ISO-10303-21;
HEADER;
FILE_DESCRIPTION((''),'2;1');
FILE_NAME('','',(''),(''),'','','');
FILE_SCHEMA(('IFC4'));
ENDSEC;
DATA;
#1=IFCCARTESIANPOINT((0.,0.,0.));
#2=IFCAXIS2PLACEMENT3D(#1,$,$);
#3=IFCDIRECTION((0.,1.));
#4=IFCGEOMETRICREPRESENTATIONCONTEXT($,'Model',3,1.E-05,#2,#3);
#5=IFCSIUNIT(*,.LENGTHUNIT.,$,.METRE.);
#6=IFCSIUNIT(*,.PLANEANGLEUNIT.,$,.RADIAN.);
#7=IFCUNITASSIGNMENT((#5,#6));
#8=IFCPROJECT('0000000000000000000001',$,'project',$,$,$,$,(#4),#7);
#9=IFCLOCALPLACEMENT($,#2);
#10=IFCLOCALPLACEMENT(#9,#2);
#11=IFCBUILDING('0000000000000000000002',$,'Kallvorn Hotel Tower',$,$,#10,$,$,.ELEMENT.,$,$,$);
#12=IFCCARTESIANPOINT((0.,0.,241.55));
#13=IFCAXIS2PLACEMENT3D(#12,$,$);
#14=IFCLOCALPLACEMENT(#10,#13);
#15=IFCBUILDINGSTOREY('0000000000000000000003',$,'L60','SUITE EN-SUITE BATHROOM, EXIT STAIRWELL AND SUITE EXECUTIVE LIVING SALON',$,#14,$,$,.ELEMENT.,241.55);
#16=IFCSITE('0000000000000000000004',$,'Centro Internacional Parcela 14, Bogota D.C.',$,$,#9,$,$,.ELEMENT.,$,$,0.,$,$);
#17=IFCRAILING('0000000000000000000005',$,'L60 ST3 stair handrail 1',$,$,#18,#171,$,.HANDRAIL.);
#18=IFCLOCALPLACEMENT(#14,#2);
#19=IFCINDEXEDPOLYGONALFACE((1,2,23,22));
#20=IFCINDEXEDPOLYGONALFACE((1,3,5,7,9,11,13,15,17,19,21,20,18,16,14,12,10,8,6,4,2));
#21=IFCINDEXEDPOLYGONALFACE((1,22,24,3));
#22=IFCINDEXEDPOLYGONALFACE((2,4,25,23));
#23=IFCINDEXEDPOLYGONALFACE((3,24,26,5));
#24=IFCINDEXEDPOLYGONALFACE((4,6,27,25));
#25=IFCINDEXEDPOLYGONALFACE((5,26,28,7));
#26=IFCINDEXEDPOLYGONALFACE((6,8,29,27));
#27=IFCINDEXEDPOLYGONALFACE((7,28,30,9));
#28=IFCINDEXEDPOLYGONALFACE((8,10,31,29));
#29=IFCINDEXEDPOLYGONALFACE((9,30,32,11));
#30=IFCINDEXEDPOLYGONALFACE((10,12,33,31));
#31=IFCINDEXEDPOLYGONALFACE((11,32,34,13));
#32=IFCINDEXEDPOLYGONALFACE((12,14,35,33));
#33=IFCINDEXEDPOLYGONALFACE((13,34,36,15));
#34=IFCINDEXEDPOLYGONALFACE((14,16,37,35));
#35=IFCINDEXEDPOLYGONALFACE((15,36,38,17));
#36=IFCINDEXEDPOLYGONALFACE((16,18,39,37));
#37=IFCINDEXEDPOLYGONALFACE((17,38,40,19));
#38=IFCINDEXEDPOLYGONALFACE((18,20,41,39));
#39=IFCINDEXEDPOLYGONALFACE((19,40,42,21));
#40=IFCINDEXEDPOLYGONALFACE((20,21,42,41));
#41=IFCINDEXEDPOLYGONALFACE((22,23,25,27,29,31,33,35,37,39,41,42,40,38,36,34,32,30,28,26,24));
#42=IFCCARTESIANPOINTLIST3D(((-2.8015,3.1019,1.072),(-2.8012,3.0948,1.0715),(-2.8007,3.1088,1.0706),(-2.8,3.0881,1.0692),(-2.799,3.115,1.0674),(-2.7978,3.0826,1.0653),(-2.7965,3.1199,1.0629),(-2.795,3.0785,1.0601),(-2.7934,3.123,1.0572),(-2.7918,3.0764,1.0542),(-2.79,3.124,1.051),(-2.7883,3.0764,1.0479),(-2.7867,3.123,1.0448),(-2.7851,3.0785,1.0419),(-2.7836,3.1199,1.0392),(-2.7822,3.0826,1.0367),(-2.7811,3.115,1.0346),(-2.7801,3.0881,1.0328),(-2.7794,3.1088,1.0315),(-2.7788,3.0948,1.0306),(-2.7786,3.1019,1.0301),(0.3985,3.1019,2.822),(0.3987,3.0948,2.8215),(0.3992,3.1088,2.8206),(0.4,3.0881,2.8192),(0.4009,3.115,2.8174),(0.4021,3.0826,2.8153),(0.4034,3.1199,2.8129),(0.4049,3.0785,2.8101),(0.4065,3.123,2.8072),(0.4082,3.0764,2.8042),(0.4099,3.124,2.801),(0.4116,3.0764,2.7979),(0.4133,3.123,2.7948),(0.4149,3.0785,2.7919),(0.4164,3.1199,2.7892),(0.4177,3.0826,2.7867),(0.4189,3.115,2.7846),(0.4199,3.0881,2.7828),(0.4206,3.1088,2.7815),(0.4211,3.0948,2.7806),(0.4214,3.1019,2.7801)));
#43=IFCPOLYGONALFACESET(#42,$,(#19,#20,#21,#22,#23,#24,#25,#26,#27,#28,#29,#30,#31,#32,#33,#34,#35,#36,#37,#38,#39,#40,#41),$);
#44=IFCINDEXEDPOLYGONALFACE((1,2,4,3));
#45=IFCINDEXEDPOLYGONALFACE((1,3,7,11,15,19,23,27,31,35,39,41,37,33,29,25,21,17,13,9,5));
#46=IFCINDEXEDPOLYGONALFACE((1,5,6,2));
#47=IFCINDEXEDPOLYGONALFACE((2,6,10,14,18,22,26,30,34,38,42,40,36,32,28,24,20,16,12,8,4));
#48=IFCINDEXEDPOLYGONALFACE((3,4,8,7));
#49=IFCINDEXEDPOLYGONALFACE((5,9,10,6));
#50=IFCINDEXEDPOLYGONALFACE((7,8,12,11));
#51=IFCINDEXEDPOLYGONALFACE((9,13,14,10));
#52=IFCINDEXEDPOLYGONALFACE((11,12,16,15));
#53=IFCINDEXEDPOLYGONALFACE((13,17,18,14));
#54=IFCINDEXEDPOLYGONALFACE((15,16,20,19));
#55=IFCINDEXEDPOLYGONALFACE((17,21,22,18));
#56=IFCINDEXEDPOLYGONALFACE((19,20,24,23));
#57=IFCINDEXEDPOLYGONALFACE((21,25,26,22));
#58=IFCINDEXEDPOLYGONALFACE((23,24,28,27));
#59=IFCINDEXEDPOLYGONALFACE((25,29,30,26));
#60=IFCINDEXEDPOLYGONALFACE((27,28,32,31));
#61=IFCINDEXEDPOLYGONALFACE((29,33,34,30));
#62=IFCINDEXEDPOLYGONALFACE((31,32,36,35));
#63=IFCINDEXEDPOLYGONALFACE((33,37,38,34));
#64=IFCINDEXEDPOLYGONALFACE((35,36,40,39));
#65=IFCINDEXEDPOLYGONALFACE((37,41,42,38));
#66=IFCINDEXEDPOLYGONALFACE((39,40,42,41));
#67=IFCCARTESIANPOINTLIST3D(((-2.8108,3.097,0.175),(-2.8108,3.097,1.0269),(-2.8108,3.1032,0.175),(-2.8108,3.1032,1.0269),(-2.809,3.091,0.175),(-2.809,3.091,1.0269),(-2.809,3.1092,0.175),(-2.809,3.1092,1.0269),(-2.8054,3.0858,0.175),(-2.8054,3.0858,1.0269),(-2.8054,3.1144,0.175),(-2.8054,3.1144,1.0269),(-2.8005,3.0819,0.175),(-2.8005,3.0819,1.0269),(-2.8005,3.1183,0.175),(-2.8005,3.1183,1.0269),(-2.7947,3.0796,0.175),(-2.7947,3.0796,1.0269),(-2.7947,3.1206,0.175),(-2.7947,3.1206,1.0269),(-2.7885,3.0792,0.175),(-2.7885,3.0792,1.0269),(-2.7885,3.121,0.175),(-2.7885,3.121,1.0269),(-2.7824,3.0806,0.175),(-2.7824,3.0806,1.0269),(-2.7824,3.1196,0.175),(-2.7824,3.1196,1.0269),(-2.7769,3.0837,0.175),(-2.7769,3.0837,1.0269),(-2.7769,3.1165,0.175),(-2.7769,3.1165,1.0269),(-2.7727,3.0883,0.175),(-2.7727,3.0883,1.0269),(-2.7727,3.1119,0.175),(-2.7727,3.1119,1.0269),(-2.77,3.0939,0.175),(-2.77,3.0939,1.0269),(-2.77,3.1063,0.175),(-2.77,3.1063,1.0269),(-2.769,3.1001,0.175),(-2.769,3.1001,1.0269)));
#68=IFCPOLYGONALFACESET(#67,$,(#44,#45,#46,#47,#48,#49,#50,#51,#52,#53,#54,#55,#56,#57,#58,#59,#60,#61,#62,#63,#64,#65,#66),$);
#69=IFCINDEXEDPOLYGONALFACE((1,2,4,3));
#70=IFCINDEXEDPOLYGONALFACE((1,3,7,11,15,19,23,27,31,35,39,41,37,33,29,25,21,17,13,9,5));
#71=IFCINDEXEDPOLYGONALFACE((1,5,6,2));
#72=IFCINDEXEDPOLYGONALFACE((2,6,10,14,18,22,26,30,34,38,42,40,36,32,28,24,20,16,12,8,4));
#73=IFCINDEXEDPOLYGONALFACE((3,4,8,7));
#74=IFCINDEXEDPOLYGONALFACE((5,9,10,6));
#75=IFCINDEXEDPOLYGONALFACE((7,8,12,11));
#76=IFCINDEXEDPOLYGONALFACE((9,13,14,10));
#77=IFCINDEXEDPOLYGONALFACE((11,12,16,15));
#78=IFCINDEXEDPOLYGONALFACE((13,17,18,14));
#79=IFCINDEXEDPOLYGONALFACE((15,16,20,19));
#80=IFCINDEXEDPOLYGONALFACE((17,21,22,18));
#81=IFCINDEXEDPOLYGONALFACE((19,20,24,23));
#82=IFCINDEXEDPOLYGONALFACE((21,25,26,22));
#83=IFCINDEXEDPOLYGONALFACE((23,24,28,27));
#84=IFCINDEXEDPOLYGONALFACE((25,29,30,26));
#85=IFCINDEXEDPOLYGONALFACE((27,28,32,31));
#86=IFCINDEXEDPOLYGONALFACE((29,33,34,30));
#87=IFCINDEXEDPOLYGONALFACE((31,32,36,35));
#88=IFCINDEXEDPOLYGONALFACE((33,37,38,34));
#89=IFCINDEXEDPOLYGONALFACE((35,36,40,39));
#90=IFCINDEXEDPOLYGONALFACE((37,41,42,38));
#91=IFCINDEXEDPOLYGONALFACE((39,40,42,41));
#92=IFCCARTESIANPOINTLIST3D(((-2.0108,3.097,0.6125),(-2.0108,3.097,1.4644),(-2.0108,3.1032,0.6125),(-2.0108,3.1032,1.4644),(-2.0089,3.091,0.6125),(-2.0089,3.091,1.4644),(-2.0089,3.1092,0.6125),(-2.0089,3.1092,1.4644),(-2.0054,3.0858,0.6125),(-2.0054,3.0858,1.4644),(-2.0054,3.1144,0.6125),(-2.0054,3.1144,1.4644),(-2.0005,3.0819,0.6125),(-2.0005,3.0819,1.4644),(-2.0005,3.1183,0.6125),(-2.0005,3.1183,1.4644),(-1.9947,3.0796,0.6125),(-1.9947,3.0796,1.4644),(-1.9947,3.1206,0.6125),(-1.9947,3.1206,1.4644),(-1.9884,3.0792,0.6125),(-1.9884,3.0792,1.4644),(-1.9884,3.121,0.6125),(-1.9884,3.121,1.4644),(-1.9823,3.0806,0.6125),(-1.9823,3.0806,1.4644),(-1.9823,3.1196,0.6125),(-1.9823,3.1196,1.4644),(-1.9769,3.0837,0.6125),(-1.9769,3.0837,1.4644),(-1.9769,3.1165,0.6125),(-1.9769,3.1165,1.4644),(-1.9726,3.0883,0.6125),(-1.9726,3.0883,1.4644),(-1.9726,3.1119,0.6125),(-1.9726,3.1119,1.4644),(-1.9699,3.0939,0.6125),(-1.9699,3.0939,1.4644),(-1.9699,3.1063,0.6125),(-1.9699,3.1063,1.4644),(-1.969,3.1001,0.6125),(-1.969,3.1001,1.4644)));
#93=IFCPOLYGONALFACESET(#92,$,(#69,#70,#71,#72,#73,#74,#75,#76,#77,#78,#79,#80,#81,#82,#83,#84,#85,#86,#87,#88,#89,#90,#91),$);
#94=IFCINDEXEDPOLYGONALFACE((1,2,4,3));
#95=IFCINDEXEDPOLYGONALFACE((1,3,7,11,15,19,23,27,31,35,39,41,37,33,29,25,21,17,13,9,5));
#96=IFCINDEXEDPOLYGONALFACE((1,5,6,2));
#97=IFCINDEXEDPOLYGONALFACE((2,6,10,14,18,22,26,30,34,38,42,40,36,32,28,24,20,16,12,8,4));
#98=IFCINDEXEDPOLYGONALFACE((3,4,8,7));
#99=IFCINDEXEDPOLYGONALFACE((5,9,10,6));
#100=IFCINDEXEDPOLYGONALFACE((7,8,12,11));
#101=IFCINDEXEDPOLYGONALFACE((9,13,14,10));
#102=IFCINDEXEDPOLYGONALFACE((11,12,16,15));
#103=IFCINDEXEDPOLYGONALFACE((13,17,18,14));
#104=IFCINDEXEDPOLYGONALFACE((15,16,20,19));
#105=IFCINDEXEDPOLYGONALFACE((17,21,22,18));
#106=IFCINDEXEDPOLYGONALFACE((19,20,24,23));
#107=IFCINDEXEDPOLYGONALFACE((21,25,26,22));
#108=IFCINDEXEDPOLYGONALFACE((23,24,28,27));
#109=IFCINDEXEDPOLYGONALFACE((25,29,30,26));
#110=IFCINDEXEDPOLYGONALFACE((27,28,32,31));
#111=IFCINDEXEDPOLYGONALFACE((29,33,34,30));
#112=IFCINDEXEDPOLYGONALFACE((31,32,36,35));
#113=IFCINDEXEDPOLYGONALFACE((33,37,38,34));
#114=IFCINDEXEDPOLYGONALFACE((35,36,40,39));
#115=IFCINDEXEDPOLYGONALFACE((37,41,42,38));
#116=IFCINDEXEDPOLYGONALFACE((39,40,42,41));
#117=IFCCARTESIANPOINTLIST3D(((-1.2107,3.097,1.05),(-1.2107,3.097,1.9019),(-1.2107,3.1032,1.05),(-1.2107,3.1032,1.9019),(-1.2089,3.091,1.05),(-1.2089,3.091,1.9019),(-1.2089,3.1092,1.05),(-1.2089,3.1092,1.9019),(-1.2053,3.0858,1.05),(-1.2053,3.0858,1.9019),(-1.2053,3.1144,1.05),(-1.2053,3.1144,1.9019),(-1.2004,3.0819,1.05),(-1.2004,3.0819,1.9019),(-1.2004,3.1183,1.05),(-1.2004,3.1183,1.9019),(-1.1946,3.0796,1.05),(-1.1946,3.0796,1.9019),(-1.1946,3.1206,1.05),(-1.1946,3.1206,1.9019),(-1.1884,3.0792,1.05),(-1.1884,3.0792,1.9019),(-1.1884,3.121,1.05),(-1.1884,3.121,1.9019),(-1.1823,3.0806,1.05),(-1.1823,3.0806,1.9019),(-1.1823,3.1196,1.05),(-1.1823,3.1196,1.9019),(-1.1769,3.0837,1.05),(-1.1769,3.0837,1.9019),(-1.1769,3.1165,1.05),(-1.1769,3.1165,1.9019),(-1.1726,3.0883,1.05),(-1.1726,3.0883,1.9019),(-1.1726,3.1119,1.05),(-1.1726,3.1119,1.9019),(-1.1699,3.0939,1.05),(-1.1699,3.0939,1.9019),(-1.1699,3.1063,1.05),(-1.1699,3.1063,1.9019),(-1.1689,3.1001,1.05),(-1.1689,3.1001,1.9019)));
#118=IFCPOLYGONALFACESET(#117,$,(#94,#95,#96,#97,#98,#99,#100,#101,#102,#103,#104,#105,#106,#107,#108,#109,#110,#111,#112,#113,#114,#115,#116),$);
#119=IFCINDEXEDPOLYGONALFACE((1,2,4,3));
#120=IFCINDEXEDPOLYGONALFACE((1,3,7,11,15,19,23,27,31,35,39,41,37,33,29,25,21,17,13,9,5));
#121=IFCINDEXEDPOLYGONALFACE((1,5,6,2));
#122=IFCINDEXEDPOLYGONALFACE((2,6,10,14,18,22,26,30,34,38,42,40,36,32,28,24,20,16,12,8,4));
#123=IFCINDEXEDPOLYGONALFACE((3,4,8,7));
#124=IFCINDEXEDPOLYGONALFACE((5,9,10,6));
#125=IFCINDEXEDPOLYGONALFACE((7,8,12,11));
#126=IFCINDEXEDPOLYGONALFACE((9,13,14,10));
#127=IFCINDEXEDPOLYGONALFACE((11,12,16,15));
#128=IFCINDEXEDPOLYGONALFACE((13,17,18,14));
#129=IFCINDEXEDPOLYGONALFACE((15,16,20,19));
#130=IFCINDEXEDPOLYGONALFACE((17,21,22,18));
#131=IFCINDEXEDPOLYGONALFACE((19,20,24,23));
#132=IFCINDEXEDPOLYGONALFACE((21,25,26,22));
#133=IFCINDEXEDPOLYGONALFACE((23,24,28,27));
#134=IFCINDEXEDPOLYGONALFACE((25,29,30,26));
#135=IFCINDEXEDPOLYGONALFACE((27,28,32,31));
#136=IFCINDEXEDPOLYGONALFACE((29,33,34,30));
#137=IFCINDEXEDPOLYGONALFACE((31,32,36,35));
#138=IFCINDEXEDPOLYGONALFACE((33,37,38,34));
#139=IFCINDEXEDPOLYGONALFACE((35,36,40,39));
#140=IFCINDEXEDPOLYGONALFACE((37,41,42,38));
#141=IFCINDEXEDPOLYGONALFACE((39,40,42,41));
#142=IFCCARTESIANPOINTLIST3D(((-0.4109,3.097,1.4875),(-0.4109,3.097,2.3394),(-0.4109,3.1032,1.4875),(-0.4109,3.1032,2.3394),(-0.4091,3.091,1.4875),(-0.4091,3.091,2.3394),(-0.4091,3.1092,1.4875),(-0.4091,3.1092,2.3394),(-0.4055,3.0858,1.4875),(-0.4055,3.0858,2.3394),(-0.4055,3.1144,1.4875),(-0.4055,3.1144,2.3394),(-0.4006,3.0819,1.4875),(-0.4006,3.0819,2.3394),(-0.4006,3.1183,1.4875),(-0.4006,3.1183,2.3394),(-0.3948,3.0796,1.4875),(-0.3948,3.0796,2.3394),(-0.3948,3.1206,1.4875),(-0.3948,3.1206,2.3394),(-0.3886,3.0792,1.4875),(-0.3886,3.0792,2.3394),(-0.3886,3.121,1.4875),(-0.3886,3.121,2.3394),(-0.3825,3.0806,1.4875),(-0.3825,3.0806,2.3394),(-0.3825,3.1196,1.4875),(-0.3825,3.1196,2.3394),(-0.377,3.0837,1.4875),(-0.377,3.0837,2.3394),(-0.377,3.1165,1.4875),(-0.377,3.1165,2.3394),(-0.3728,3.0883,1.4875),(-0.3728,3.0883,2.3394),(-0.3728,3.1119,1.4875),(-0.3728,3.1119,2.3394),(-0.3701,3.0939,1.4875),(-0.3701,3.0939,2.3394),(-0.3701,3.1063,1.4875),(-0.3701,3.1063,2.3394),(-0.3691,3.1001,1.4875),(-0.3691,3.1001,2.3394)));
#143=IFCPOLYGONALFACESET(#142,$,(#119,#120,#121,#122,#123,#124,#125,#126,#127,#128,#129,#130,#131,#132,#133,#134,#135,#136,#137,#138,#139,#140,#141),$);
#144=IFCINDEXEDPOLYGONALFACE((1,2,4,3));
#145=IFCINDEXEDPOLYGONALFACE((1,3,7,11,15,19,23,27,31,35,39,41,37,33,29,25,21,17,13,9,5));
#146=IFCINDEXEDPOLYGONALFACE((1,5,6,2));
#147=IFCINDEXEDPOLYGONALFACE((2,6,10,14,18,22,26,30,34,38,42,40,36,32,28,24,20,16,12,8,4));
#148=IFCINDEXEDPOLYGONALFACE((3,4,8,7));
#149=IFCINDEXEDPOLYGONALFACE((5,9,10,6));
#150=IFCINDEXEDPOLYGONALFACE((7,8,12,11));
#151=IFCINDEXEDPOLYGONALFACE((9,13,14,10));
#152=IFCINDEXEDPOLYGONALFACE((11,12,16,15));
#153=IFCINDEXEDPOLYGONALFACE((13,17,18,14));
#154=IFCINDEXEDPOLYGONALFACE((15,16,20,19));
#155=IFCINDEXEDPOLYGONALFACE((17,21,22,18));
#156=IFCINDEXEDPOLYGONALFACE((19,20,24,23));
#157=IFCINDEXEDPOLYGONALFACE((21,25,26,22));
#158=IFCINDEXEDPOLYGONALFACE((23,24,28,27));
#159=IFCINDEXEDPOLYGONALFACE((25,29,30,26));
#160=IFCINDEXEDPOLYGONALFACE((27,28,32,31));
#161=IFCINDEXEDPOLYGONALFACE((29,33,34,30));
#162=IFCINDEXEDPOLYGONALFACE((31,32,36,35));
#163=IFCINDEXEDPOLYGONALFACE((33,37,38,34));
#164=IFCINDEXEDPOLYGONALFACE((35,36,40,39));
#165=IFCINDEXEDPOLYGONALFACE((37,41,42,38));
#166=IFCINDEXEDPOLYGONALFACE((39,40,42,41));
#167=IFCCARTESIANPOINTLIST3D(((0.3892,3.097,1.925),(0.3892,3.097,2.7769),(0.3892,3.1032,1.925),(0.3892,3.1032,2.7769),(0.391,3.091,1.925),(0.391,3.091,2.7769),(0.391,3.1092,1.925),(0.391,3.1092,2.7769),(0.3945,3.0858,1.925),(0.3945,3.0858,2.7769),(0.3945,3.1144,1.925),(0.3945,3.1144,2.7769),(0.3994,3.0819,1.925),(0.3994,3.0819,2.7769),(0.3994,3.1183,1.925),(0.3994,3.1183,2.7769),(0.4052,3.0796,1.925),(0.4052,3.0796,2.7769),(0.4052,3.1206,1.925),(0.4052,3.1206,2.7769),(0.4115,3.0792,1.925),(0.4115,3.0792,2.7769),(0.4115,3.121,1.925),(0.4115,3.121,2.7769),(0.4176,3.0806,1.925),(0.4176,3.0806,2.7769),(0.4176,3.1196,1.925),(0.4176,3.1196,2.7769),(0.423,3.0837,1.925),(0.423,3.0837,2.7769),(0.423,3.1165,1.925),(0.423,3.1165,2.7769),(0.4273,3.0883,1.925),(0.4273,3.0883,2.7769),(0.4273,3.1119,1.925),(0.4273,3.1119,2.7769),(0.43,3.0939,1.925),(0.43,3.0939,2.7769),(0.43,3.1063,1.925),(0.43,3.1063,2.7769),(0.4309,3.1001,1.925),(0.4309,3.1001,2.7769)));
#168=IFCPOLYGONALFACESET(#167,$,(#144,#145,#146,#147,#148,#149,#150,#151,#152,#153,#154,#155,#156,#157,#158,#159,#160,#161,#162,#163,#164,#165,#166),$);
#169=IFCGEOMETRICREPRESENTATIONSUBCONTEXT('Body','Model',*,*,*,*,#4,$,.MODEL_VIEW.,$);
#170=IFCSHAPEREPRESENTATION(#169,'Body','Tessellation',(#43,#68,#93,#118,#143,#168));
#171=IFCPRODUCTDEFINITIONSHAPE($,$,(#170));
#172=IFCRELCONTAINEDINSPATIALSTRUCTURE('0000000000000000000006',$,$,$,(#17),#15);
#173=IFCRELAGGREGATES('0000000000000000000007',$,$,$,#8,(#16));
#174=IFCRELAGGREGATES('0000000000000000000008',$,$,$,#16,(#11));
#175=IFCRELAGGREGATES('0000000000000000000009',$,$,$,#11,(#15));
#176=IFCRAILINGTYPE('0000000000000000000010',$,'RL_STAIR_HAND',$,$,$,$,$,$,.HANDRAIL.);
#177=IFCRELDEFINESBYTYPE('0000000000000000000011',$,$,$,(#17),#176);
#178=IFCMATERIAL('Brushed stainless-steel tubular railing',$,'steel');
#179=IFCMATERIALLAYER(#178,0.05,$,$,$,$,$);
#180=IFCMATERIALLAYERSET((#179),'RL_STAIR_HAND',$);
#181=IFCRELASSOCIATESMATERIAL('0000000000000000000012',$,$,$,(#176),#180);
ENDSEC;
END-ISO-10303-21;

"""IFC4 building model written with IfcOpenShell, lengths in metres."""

from ifc_helpers import new_model, si_unit, direction, frame, origin, origin_2d, place, context, subcontext, project, spatial, circle, extrude, material, layer, layer_set, type_object, element, save


model = new_model("IFC4")

# Units and contexts
model_context = context("Model", 3, precision=1e-05, world=origin(), true_north=direction((0.0, 1.0)))
body_context = subcontext(model_context, "Body", "Model", "MODEL_VIEW")
ifc_project = project(units=[si_unit("LENGTHUNIT", "METRE"), si_unit("PLANEANGLEUNIT", "RADIAN")], contexts=[model_context])

# Site, building, storey
site_placement = place(None, origin())
site = spatial("IfcSite", under=ifc_project, at=site_placement, Name="Centro Internacional Parcela 14, Bogota D.C.", CompositionType="ELEMENT", RefElevation=0.0)
building_placement = place(site_placement, origin())
building = spatial("IfcBuilding", under=site, at=building_placement, Name="Kallvorn Hotel Tower", CompositionType="ELEMENT")
storey_placement = place(building_placement, frame((0.0, 0.0, 241.55)))
storey = spatial("IfcBuildingStorey", under=building, at=storey_placement, Name="L60", Description="SUITE EN-SUITE BATHROOM, EXIT STAIRWELL AND SUITE EXECUTIVE LIVING SALON", CompositionType="ELEMENT", Elevation=241.55)

# Railing
ifc_material_1 = material(Name="Brushed stainless-steel tubular railing", Category="steel")
ifc_layer_1 = layer(ifc_material_1, 0.05)
ifc_layer_set_1 = layer_set([ifc_layer_1], Name="RL_STAIR_HAND")
railing_type_1 = type_object("IfcRailingType", Name="RL_STAIR_HAND", PredefinedType="HANDRAIL", material=ifc_layer_set_1)
railing_1_placement = place(storey_placement, frame((-2.79, 3.1001, 0.175)))
element("IfcRailing", 1, at=railing_1_placement, inside=storey, type_object=railing_type_1, Name="L60 ST3 stair handrail 1", PredefinedType="HANDRAIL", context=body_context, shape_type="SweptSolid", body=[
    extrude(circle(Radius=0.0239, at=origin_2d()), frame((0.0, 0.0, 0.876), z_axis=(0.877368, 0.0, 0.479818), x_axis=(0.0, 1.0, 0.0)), (0.0, 0.0, 1.0), 3.6472),
    extrude(circle(Radius=0.021, at=origin_2d()), origin(), (0.0, 0.0, 1.0), 0.8518),
    extrude(circle(Radius=0.021, at=origin_2d()), frame((0.8, 0.0, 0.4375)), (0.0, 0.0, 1.0), 0.8518),
    extrude(circle(Radius=0.021, at=origin_2d()), frame((1.6001, 0.0, 0.875)), (0.0, 0.0, 1.0), 0.8518),
    extrude(circle(Radius=0.021, at=origin_2d()), frame((2.3999, 0.0, 1.3125)), (0.0, 0.0, 1.0), 0.8518),
    extrude(circle(Radius=0.021, at=origin_2d()), frame((3.2, 0.0, 1.75)), (0.0, 0.0, 1.0), 0.8518),
])

save(model, "model.ifc")
